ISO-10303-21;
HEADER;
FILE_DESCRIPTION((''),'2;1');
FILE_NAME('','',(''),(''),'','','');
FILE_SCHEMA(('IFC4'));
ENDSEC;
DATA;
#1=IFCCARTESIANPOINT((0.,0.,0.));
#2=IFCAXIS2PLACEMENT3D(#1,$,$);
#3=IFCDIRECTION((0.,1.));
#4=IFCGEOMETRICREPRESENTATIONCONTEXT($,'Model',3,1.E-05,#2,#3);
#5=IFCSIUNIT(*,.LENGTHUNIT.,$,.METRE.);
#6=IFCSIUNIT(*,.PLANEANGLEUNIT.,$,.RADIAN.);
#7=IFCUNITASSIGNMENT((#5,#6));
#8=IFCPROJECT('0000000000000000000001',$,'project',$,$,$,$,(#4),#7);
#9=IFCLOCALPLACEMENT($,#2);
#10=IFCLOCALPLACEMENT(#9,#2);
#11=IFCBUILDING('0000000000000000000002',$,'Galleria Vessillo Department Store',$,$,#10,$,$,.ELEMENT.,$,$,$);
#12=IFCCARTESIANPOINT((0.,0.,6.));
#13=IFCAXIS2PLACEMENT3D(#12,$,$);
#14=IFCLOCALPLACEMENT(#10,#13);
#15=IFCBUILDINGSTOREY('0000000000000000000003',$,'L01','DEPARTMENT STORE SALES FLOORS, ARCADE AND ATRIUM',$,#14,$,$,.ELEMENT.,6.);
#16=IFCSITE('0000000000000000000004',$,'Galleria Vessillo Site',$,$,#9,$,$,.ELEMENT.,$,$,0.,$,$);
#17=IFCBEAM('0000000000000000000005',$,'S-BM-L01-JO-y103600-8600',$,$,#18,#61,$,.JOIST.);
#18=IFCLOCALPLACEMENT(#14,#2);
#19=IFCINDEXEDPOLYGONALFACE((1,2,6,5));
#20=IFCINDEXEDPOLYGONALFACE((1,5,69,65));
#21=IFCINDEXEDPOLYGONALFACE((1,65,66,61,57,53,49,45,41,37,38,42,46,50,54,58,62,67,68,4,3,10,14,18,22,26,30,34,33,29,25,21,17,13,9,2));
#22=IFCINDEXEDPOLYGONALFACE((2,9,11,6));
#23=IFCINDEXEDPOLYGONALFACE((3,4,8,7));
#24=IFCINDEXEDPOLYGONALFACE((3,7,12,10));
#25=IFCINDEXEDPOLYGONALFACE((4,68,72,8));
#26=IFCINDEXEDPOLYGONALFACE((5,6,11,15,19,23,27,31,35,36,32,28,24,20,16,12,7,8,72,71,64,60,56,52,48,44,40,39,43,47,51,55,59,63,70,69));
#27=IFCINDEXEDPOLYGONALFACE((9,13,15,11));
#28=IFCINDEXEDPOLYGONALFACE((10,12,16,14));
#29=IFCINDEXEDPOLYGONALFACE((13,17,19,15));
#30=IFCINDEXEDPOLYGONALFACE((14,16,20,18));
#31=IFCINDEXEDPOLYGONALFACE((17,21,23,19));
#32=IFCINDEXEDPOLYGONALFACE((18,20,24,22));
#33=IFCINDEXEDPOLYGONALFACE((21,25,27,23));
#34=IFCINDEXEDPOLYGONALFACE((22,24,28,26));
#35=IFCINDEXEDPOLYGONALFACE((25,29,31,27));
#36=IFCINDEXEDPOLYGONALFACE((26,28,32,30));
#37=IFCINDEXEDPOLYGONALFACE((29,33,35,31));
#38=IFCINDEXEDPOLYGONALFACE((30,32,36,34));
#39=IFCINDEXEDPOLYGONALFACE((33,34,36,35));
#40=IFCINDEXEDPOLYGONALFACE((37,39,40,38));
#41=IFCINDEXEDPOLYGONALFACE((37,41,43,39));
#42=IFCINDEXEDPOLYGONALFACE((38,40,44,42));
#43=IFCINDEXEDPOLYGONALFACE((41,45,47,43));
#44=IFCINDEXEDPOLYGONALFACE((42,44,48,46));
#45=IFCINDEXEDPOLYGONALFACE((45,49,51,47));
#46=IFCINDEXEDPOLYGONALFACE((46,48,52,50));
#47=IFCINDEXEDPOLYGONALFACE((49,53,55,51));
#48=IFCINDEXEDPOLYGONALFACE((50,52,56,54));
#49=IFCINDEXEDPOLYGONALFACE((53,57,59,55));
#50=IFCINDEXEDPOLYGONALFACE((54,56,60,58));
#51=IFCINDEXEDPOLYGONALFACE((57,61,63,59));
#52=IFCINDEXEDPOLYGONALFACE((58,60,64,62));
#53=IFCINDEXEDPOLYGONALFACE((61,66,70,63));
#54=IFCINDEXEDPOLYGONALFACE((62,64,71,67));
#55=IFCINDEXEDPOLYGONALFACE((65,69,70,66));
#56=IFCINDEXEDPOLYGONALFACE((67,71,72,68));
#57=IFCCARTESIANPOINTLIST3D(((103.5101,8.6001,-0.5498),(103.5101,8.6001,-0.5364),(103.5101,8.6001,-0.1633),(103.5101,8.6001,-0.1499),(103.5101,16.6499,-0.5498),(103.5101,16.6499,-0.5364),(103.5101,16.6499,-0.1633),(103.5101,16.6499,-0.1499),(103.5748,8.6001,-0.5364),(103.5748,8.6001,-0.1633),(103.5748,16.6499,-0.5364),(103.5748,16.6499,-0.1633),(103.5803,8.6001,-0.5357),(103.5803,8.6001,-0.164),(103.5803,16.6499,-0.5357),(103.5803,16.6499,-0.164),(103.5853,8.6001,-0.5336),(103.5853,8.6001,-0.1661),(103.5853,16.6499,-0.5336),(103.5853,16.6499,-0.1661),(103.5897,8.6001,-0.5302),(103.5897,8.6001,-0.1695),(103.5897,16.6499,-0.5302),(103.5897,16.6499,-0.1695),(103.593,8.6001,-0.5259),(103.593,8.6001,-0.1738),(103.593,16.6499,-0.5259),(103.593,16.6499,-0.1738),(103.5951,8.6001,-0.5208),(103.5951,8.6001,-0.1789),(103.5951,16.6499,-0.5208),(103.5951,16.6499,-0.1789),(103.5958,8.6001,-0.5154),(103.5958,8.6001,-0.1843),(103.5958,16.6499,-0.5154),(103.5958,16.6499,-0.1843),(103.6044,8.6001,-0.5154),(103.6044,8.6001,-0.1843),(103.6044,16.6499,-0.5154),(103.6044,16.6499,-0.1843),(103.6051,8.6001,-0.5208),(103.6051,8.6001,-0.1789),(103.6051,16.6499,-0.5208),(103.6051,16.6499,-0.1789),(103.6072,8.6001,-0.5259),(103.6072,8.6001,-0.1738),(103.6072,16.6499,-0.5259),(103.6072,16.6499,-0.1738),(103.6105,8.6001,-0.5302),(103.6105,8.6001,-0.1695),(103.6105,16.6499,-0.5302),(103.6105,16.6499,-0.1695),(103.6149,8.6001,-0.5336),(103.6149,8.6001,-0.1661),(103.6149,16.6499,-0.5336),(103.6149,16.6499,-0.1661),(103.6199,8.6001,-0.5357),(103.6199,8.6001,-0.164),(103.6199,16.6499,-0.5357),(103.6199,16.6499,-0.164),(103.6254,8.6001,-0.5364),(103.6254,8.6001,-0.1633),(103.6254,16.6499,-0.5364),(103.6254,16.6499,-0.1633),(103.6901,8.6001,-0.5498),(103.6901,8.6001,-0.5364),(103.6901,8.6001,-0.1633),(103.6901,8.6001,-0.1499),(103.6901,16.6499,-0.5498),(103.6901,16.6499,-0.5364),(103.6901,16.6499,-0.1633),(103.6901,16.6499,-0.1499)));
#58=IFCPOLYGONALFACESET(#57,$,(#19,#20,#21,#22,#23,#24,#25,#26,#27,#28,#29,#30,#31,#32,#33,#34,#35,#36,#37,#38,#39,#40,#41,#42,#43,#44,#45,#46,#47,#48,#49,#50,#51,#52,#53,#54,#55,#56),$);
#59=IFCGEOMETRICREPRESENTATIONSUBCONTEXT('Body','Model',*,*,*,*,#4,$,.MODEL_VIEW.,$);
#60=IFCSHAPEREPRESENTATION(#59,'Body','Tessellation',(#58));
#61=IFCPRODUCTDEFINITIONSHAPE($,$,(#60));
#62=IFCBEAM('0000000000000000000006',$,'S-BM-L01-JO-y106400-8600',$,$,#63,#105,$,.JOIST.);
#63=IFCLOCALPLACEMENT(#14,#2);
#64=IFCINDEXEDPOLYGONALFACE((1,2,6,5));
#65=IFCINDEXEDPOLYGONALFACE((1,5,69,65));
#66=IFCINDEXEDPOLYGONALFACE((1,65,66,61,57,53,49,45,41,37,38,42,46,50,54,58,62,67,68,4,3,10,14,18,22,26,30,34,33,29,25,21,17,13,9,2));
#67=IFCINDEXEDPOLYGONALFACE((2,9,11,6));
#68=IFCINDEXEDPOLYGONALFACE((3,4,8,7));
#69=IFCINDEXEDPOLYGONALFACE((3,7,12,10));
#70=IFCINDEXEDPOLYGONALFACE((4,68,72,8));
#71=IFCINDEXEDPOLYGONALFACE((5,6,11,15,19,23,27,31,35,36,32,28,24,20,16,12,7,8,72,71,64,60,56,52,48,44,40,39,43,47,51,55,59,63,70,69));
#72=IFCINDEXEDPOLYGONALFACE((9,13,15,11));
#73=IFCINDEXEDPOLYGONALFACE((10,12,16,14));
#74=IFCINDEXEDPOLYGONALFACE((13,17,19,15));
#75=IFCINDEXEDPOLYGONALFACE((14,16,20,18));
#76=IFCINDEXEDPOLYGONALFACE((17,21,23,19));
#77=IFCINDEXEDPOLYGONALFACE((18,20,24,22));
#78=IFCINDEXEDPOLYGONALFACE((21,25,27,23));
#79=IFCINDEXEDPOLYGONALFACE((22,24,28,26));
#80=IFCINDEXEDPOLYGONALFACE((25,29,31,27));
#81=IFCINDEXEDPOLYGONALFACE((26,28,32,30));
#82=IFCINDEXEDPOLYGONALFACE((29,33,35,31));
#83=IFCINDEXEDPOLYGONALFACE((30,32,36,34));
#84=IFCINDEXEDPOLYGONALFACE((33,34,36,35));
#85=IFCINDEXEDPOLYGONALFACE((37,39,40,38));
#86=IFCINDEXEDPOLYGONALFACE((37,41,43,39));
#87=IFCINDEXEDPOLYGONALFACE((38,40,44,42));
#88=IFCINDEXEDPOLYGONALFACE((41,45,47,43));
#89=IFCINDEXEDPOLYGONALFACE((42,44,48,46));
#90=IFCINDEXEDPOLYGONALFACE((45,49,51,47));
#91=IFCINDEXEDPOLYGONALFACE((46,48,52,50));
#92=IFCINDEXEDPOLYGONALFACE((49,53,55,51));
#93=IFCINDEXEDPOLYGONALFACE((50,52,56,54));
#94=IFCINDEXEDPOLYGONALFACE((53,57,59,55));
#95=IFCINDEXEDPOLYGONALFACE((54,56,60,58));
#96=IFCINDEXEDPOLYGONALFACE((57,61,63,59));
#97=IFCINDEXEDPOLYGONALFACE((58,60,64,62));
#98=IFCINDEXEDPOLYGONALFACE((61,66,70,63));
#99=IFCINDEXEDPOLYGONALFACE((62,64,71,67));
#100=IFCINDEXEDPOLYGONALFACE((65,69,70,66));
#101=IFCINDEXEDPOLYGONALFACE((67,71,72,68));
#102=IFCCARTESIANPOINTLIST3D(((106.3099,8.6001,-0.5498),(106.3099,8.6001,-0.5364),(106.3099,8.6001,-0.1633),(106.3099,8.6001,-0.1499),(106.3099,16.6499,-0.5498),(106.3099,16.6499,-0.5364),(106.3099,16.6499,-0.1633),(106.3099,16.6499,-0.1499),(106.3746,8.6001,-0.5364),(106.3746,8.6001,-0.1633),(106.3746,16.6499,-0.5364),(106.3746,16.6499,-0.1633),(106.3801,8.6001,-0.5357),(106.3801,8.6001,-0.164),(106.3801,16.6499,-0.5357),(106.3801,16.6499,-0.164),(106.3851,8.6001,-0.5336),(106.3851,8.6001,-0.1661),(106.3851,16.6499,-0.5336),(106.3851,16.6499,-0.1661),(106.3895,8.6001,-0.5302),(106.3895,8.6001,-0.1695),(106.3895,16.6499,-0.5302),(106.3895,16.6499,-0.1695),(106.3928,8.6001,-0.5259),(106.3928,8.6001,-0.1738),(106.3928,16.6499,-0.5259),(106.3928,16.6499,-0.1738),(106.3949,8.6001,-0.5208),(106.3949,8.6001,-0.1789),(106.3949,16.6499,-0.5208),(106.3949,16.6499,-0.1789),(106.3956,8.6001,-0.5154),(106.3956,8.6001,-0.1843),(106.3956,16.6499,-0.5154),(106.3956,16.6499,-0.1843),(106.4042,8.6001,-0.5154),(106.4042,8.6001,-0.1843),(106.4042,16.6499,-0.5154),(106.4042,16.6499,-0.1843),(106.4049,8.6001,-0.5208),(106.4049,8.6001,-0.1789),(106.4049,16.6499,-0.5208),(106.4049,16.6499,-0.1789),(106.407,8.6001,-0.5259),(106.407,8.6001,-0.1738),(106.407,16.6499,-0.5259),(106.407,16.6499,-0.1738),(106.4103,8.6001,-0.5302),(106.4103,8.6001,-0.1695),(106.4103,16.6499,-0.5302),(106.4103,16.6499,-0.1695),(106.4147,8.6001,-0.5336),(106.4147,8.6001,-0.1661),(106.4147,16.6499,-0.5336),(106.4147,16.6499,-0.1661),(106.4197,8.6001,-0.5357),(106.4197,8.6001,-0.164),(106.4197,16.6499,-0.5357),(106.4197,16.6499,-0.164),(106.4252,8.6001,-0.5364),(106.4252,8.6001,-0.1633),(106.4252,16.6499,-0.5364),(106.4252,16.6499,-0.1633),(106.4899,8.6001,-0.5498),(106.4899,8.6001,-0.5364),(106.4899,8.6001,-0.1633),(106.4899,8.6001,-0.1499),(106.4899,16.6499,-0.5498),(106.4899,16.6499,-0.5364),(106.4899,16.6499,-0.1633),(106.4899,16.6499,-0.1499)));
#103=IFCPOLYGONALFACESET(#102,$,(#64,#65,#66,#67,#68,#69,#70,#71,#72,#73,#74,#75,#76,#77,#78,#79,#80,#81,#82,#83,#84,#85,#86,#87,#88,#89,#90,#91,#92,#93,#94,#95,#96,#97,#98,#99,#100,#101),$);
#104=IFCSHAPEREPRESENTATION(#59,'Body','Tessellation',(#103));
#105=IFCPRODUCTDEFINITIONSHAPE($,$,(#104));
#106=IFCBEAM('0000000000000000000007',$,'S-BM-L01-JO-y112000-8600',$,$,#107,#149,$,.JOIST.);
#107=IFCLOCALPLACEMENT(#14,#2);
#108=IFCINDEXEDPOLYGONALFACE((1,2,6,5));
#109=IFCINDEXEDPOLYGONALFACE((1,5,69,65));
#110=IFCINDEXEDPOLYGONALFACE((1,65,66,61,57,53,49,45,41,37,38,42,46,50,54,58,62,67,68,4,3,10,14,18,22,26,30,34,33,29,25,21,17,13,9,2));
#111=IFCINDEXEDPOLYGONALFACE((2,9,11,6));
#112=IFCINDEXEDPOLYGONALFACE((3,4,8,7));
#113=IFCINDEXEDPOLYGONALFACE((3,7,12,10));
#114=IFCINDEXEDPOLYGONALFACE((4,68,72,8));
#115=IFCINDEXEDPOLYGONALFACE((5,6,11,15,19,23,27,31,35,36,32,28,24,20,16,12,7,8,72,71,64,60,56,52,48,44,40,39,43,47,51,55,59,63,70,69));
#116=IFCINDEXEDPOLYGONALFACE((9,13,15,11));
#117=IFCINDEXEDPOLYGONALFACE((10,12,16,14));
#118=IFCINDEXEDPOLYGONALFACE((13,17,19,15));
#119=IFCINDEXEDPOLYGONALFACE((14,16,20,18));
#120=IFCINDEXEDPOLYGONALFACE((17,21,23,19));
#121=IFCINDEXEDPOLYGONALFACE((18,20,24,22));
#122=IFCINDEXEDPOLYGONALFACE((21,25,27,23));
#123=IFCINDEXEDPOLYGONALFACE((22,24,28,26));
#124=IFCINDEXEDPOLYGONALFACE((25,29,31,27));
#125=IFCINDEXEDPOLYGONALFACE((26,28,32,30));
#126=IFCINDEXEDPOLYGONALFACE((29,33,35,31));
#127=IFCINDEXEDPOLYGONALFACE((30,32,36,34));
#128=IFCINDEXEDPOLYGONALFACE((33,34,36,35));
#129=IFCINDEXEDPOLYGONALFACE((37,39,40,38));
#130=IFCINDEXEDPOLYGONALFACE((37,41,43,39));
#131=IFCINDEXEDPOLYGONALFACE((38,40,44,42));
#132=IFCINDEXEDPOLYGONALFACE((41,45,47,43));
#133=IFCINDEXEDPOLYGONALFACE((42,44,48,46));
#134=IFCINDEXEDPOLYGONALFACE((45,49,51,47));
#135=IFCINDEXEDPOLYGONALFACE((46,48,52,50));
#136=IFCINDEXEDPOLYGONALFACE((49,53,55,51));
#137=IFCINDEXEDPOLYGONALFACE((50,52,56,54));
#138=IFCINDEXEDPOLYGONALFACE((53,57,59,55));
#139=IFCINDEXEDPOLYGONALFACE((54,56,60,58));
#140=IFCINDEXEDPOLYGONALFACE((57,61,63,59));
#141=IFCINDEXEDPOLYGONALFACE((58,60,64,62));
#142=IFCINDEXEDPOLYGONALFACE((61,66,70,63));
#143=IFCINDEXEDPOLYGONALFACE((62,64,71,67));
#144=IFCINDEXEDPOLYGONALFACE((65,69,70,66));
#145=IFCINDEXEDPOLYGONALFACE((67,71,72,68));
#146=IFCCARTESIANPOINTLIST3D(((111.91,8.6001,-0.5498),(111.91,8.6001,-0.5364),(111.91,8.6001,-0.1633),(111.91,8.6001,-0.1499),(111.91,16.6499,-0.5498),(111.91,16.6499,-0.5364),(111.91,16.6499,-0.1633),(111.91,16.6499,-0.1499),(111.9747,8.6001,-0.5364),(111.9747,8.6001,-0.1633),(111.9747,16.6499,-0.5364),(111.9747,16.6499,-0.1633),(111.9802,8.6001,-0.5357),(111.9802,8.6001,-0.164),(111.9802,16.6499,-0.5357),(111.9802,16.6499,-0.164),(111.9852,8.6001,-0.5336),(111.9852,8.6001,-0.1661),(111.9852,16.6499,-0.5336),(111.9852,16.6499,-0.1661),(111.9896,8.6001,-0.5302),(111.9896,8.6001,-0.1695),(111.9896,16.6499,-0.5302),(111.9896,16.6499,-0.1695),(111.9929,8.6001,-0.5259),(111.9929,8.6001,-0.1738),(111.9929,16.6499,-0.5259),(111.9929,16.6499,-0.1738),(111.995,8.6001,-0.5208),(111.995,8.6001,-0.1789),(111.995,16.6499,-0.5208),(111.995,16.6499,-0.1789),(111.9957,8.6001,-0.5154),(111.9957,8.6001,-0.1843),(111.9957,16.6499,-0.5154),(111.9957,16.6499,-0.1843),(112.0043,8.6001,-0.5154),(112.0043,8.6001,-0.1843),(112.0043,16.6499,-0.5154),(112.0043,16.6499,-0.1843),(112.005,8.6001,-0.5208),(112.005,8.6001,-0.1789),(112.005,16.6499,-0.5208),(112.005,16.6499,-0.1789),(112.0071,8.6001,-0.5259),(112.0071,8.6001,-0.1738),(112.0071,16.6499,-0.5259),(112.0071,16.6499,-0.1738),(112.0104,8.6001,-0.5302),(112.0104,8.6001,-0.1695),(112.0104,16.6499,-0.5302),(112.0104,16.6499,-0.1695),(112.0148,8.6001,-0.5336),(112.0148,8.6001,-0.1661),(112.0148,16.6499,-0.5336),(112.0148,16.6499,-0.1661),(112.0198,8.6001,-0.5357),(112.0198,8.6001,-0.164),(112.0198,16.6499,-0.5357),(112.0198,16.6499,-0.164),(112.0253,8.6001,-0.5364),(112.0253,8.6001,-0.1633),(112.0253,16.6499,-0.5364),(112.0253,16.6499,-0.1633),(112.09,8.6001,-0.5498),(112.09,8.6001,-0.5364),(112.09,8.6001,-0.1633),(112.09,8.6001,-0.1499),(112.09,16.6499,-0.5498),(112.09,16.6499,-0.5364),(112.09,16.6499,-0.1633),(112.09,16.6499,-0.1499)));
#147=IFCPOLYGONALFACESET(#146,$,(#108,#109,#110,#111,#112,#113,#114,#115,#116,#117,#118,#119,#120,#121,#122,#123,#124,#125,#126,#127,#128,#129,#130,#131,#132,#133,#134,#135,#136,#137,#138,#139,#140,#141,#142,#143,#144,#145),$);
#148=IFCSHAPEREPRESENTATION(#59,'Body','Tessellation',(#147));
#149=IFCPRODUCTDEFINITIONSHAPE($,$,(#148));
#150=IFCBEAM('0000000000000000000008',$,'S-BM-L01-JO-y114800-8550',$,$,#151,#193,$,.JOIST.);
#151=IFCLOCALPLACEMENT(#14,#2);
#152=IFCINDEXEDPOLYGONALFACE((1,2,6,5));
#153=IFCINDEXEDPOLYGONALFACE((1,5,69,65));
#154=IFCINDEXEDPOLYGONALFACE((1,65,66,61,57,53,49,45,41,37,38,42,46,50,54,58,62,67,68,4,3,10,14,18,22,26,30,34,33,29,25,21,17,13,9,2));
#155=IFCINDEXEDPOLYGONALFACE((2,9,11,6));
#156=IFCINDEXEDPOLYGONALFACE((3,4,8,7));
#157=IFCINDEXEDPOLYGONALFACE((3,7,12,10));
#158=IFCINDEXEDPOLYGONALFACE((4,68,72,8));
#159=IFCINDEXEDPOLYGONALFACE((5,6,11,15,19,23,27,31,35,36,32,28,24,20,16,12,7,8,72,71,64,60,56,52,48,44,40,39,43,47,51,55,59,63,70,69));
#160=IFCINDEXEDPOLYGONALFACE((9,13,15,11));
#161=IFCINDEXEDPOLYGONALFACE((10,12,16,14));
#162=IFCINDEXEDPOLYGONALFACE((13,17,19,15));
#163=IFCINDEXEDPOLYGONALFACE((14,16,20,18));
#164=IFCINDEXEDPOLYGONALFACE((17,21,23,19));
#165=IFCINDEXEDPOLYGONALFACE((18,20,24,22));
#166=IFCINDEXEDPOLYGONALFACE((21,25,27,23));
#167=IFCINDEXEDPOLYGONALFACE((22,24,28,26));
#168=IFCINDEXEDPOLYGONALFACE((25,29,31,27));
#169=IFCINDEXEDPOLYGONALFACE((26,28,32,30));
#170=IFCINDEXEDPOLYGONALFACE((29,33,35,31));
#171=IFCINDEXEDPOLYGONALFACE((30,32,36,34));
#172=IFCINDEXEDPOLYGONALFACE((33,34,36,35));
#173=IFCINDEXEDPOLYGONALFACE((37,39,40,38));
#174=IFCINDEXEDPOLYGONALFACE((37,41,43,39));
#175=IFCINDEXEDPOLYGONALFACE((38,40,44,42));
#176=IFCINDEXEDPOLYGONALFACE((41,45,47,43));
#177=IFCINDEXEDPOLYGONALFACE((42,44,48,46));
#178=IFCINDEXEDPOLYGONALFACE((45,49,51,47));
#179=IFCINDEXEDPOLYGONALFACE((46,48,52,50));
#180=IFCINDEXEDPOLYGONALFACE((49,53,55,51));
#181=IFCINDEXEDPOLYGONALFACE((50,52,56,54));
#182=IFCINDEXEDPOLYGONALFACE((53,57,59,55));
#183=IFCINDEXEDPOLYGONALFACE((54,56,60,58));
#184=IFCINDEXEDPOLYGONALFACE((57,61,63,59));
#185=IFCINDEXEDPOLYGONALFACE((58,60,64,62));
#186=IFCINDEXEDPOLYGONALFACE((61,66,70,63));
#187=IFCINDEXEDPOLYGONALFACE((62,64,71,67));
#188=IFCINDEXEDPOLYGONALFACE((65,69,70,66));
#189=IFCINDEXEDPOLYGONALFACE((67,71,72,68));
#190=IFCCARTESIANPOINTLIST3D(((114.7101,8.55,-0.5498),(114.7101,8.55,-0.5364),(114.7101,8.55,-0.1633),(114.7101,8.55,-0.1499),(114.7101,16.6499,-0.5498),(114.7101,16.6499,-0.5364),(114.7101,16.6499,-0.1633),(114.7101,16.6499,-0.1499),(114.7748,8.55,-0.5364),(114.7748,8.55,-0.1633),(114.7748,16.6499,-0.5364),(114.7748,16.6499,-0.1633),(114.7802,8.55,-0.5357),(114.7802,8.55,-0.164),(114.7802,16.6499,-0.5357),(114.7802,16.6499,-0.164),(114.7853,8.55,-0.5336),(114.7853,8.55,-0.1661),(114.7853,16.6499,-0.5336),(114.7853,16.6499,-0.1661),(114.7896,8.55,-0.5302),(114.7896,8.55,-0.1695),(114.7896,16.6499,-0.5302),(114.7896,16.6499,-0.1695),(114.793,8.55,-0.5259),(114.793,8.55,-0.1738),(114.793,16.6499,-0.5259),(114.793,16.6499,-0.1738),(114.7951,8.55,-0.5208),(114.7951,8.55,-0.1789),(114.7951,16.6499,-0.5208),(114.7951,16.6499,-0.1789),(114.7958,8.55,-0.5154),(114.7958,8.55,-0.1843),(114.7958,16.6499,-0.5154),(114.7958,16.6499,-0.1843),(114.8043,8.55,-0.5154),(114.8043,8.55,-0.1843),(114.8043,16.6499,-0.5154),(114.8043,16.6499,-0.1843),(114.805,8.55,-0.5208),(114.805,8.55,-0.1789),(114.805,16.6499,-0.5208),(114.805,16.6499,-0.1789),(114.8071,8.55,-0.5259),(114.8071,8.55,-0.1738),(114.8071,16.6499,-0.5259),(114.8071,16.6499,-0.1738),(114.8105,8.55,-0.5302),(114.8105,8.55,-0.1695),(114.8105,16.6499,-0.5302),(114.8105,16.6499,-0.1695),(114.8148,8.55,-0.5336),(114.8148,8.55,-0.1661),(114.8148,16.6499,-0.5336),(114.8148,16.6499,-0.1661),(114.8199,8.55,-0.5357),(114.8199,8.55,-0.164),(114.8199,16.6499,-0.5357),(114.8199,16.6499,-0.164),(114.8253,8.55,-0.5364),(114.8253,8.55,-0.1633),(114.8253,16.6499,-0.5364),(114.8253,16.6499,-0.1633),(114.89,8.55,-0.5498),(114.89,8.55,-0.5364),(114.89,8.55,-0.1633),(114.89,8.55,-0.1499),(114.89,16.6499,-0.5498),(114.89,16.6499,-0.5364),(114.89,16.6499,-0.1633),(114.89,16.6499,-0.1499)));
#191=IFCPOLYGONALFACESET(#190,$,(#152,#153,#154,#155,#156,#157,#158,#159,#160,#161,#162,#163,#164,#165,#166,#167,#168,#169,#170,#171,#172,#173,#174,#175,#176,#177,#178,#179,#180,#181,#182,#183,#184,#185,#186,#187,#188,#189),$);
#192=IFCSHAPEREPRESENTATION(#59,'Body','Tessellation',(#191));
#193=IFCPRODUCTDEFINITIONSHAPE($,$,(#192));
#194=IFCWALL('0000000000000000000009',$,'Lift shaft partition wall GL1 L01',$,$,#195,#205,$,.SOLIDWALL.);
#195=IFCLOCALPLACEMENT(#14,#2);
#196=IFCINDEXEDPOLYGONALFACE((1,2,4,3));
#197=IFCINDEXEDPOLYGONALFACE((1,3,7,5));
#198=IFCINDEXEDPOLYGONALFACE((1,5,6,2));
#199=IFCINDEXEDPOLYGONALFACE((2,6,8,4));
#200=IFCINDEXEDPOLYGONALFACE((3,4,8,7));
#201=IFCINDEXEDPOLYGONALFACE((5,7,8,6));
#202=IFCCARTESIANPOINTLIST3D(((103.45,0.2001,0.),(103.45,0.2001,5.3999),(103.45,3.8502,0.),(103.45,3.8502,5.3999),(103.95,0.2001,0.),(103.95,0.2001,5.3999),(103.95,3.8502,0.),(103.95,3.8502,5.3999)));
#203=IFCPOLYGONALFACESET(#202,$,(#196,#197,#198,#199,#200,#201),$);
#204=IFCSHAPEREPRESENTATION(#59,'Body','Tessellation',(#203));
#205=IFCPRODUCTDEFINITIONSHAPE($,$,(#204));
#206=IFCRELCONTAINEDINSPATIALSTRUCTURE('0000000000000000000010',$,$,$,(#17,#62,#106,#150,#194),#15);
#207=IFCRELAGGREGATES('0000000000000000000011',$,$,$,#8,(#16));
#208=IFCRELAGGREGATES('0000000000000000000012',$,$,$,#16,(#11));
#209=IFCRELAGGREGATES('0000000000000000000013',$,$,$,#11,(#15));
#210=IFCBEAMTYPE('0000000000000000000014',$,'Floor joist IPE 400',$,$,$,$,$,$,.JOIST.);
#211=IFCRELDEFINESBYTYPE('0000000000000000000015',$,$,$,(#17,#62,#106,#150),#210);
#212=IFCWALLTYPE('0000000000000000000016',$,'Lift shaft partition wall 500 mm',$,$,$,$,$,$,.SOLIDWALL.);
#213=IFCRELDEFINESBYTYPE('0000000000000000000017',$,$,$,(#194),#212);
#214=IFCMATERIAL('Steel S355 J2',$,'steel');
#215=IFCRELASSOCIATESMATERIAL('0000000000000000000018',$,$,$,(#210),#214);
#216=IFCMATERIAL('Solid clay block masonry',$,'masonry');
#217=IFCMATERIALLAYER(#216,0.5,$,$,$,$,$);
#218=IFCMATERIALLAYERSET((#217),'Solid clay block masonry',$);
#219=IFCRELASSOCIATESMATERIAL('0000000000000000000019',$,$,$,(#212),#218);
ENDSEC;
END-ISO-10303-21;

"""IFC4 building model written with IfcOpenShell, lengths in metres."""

from ifc_helpers import new_model, si_unit, direction, frame, frame_2d, origin, origin_2d, place, context, subcontext, project, spatial, rectangle, i_section, extrude, material, layer, layer_set, material_profile, profile_set, type_object, element, save


model = new_model("IFC4")

# Units and contexts
model_context = context("Model", 3, precision=1e-05, world=origin(), true_north=direction((0.0, 1.0)))
body_context = subcontext(model_context, "Body", "Model", "MODEL_VIEW")
ifc_project = project(units=[si_unit("LENGTHUNIT", "METRE"), si_unit("PLANEANGLEUNIT", "RADIAN")], contexts=[model_context])

# Site, building, storey
site_placement = place(None, origin())
site = spatial("IfcSite", under=ifc_project, at=site_placement, Name="Galleria Vessillo Site", CompositionType="ELEMENT", RefElevation=0.0)
building_placement = place(site_placement, origin())
building = spatial("IfcBuilding", under=site, at=building_placement, Name="Galleria Vessillo Department Store", CompositionType="ELEMENT")
storey_placement = place(building_placement, frame((0.0, 0.0, 6.0)))
storey = spatial("IfcBuildingStorey", under=building, at=storey_placement, Name="L01", Description="DEPARTMENT STORE SALES FLOORS, ARCADE AND ATRIUM", CompositionType="ELEMENT", Elevation=6.0)

# Beams
ifc_material_1 = material(Name="Steel S355 J2", Category="steel")
ifc_material_profile_1 = material_profile(ifc_material_1, i_section(OverallWidth=0.1799, OverallDepth=0.3999, WebThickness=0.0085, FlangeThickness=0.0134, FilletRadius=0.021, at=origin_2d()), Name="IPE 400")
ifc_profile_set_1 = profile_set([ifc_material_profile_1], Name="Steel S355 J2")
beam_type = type_object("IfcBeamType", Name="Floor joist IPE 400", PredefinedType="JOIST", material=ifc_profile_set_1)
for number, where, z_axis, x_axis, name in (
    (1, (103.6001, 8.6001, -0.3499), (0.0, 1.0, 0.0), (-1.0, 0.0, 0.0), "S-BM-L01-JO-y103600-8600"),
    (2, (106.3999, 8.6001, -0.3499), (0.0, 1.0, 0.0), (-1.0, 0.0, 0.0), "S-BM-L01-JO-y106400-8600"),
    (3, (112.0, 8.6001, -0.3499), (0.0, 1.0, 0.0), (-1.0, 0.0, 0.0), "S-BM-L01-JO-y112000-8600"),
):
    element("IfcBeam", number, at=place(storey_placement, frame(where, z_axis=z_axis, x_axis=x_axis)), inside=storey, type_object=beam_type, Name=name, PredefinedType="JOIST", context=body_context, shape_type="SweptSolid", body=[
        extrude(i_section(OverallWidth=0.1799, OverallDepth=0.3999, WebThickness=0.0085, FlangeThickness=0.0134, FilletRadius=0.021, at=origin_2d()), origin(), (0.0, 0.0, 1.0), 8.0498),
    ])
beam_placement = place(storey_placement, frame((114.8, 8.55, -0.3499), z_axis=(0.0, 1.0, 0.0), x_axis=(-1.0, 0.0, 0.0)))
element("IfcBeam", 4, at=beam_placement, inside=storey, type_object=beam_type, Name="S-BM-L01-JO-y114800-8550", PredefinedType="JOIST", context=body_context, shape_type="SweptSolid", body=[
    extrude(i_section(OverallWidth=0.1799, OverallDepth=0.3999, WebThickness=0.0085, FlangeThickness=0.0134, FilletRadius=0.021, at=origin_2d()), origin(), (0.0, 0.0, 1.0), 8.0999),
])

# Wall
ifc_material_2 = material(Name="Solid clay block masonry", Category="masonry")
ifc_layer_1 = layer(ifc_material_2, 0.5)
ifc_layer_set_1 = layer_set([ifc_layer_1], Name="Solid clay block masonry")
wall_type_1 = type_object("IfcWallType", Name="Lift shaft partition wall 500 mm", PredefinedType="SOLIDWALL", material=ifc_layer_set_1)
wall_1_placement = place(storey_placement, frame((103.7, 0.2, 0.0), z_axis=(0.0, 0.0, 1.0), x_axis=(0.0, 1.0, 0.0)))
element("IfcWall", 5, at=wall_1_placement, inside=storey, type_object=wall_type_1, Name="Lift shaft partition wall GL1 L01", PredefinedType="SOLIDWALL", context=body_context, shape_type="SweptSolid", body=[
    extrude(rectangle(XDim=3.6501, YDim=0.5, at=frame_2d((1.8252, 0.0))), origin(), (0.0, 0.0, 1.0), 5.3999),
])

save(model, "model.ifc")
